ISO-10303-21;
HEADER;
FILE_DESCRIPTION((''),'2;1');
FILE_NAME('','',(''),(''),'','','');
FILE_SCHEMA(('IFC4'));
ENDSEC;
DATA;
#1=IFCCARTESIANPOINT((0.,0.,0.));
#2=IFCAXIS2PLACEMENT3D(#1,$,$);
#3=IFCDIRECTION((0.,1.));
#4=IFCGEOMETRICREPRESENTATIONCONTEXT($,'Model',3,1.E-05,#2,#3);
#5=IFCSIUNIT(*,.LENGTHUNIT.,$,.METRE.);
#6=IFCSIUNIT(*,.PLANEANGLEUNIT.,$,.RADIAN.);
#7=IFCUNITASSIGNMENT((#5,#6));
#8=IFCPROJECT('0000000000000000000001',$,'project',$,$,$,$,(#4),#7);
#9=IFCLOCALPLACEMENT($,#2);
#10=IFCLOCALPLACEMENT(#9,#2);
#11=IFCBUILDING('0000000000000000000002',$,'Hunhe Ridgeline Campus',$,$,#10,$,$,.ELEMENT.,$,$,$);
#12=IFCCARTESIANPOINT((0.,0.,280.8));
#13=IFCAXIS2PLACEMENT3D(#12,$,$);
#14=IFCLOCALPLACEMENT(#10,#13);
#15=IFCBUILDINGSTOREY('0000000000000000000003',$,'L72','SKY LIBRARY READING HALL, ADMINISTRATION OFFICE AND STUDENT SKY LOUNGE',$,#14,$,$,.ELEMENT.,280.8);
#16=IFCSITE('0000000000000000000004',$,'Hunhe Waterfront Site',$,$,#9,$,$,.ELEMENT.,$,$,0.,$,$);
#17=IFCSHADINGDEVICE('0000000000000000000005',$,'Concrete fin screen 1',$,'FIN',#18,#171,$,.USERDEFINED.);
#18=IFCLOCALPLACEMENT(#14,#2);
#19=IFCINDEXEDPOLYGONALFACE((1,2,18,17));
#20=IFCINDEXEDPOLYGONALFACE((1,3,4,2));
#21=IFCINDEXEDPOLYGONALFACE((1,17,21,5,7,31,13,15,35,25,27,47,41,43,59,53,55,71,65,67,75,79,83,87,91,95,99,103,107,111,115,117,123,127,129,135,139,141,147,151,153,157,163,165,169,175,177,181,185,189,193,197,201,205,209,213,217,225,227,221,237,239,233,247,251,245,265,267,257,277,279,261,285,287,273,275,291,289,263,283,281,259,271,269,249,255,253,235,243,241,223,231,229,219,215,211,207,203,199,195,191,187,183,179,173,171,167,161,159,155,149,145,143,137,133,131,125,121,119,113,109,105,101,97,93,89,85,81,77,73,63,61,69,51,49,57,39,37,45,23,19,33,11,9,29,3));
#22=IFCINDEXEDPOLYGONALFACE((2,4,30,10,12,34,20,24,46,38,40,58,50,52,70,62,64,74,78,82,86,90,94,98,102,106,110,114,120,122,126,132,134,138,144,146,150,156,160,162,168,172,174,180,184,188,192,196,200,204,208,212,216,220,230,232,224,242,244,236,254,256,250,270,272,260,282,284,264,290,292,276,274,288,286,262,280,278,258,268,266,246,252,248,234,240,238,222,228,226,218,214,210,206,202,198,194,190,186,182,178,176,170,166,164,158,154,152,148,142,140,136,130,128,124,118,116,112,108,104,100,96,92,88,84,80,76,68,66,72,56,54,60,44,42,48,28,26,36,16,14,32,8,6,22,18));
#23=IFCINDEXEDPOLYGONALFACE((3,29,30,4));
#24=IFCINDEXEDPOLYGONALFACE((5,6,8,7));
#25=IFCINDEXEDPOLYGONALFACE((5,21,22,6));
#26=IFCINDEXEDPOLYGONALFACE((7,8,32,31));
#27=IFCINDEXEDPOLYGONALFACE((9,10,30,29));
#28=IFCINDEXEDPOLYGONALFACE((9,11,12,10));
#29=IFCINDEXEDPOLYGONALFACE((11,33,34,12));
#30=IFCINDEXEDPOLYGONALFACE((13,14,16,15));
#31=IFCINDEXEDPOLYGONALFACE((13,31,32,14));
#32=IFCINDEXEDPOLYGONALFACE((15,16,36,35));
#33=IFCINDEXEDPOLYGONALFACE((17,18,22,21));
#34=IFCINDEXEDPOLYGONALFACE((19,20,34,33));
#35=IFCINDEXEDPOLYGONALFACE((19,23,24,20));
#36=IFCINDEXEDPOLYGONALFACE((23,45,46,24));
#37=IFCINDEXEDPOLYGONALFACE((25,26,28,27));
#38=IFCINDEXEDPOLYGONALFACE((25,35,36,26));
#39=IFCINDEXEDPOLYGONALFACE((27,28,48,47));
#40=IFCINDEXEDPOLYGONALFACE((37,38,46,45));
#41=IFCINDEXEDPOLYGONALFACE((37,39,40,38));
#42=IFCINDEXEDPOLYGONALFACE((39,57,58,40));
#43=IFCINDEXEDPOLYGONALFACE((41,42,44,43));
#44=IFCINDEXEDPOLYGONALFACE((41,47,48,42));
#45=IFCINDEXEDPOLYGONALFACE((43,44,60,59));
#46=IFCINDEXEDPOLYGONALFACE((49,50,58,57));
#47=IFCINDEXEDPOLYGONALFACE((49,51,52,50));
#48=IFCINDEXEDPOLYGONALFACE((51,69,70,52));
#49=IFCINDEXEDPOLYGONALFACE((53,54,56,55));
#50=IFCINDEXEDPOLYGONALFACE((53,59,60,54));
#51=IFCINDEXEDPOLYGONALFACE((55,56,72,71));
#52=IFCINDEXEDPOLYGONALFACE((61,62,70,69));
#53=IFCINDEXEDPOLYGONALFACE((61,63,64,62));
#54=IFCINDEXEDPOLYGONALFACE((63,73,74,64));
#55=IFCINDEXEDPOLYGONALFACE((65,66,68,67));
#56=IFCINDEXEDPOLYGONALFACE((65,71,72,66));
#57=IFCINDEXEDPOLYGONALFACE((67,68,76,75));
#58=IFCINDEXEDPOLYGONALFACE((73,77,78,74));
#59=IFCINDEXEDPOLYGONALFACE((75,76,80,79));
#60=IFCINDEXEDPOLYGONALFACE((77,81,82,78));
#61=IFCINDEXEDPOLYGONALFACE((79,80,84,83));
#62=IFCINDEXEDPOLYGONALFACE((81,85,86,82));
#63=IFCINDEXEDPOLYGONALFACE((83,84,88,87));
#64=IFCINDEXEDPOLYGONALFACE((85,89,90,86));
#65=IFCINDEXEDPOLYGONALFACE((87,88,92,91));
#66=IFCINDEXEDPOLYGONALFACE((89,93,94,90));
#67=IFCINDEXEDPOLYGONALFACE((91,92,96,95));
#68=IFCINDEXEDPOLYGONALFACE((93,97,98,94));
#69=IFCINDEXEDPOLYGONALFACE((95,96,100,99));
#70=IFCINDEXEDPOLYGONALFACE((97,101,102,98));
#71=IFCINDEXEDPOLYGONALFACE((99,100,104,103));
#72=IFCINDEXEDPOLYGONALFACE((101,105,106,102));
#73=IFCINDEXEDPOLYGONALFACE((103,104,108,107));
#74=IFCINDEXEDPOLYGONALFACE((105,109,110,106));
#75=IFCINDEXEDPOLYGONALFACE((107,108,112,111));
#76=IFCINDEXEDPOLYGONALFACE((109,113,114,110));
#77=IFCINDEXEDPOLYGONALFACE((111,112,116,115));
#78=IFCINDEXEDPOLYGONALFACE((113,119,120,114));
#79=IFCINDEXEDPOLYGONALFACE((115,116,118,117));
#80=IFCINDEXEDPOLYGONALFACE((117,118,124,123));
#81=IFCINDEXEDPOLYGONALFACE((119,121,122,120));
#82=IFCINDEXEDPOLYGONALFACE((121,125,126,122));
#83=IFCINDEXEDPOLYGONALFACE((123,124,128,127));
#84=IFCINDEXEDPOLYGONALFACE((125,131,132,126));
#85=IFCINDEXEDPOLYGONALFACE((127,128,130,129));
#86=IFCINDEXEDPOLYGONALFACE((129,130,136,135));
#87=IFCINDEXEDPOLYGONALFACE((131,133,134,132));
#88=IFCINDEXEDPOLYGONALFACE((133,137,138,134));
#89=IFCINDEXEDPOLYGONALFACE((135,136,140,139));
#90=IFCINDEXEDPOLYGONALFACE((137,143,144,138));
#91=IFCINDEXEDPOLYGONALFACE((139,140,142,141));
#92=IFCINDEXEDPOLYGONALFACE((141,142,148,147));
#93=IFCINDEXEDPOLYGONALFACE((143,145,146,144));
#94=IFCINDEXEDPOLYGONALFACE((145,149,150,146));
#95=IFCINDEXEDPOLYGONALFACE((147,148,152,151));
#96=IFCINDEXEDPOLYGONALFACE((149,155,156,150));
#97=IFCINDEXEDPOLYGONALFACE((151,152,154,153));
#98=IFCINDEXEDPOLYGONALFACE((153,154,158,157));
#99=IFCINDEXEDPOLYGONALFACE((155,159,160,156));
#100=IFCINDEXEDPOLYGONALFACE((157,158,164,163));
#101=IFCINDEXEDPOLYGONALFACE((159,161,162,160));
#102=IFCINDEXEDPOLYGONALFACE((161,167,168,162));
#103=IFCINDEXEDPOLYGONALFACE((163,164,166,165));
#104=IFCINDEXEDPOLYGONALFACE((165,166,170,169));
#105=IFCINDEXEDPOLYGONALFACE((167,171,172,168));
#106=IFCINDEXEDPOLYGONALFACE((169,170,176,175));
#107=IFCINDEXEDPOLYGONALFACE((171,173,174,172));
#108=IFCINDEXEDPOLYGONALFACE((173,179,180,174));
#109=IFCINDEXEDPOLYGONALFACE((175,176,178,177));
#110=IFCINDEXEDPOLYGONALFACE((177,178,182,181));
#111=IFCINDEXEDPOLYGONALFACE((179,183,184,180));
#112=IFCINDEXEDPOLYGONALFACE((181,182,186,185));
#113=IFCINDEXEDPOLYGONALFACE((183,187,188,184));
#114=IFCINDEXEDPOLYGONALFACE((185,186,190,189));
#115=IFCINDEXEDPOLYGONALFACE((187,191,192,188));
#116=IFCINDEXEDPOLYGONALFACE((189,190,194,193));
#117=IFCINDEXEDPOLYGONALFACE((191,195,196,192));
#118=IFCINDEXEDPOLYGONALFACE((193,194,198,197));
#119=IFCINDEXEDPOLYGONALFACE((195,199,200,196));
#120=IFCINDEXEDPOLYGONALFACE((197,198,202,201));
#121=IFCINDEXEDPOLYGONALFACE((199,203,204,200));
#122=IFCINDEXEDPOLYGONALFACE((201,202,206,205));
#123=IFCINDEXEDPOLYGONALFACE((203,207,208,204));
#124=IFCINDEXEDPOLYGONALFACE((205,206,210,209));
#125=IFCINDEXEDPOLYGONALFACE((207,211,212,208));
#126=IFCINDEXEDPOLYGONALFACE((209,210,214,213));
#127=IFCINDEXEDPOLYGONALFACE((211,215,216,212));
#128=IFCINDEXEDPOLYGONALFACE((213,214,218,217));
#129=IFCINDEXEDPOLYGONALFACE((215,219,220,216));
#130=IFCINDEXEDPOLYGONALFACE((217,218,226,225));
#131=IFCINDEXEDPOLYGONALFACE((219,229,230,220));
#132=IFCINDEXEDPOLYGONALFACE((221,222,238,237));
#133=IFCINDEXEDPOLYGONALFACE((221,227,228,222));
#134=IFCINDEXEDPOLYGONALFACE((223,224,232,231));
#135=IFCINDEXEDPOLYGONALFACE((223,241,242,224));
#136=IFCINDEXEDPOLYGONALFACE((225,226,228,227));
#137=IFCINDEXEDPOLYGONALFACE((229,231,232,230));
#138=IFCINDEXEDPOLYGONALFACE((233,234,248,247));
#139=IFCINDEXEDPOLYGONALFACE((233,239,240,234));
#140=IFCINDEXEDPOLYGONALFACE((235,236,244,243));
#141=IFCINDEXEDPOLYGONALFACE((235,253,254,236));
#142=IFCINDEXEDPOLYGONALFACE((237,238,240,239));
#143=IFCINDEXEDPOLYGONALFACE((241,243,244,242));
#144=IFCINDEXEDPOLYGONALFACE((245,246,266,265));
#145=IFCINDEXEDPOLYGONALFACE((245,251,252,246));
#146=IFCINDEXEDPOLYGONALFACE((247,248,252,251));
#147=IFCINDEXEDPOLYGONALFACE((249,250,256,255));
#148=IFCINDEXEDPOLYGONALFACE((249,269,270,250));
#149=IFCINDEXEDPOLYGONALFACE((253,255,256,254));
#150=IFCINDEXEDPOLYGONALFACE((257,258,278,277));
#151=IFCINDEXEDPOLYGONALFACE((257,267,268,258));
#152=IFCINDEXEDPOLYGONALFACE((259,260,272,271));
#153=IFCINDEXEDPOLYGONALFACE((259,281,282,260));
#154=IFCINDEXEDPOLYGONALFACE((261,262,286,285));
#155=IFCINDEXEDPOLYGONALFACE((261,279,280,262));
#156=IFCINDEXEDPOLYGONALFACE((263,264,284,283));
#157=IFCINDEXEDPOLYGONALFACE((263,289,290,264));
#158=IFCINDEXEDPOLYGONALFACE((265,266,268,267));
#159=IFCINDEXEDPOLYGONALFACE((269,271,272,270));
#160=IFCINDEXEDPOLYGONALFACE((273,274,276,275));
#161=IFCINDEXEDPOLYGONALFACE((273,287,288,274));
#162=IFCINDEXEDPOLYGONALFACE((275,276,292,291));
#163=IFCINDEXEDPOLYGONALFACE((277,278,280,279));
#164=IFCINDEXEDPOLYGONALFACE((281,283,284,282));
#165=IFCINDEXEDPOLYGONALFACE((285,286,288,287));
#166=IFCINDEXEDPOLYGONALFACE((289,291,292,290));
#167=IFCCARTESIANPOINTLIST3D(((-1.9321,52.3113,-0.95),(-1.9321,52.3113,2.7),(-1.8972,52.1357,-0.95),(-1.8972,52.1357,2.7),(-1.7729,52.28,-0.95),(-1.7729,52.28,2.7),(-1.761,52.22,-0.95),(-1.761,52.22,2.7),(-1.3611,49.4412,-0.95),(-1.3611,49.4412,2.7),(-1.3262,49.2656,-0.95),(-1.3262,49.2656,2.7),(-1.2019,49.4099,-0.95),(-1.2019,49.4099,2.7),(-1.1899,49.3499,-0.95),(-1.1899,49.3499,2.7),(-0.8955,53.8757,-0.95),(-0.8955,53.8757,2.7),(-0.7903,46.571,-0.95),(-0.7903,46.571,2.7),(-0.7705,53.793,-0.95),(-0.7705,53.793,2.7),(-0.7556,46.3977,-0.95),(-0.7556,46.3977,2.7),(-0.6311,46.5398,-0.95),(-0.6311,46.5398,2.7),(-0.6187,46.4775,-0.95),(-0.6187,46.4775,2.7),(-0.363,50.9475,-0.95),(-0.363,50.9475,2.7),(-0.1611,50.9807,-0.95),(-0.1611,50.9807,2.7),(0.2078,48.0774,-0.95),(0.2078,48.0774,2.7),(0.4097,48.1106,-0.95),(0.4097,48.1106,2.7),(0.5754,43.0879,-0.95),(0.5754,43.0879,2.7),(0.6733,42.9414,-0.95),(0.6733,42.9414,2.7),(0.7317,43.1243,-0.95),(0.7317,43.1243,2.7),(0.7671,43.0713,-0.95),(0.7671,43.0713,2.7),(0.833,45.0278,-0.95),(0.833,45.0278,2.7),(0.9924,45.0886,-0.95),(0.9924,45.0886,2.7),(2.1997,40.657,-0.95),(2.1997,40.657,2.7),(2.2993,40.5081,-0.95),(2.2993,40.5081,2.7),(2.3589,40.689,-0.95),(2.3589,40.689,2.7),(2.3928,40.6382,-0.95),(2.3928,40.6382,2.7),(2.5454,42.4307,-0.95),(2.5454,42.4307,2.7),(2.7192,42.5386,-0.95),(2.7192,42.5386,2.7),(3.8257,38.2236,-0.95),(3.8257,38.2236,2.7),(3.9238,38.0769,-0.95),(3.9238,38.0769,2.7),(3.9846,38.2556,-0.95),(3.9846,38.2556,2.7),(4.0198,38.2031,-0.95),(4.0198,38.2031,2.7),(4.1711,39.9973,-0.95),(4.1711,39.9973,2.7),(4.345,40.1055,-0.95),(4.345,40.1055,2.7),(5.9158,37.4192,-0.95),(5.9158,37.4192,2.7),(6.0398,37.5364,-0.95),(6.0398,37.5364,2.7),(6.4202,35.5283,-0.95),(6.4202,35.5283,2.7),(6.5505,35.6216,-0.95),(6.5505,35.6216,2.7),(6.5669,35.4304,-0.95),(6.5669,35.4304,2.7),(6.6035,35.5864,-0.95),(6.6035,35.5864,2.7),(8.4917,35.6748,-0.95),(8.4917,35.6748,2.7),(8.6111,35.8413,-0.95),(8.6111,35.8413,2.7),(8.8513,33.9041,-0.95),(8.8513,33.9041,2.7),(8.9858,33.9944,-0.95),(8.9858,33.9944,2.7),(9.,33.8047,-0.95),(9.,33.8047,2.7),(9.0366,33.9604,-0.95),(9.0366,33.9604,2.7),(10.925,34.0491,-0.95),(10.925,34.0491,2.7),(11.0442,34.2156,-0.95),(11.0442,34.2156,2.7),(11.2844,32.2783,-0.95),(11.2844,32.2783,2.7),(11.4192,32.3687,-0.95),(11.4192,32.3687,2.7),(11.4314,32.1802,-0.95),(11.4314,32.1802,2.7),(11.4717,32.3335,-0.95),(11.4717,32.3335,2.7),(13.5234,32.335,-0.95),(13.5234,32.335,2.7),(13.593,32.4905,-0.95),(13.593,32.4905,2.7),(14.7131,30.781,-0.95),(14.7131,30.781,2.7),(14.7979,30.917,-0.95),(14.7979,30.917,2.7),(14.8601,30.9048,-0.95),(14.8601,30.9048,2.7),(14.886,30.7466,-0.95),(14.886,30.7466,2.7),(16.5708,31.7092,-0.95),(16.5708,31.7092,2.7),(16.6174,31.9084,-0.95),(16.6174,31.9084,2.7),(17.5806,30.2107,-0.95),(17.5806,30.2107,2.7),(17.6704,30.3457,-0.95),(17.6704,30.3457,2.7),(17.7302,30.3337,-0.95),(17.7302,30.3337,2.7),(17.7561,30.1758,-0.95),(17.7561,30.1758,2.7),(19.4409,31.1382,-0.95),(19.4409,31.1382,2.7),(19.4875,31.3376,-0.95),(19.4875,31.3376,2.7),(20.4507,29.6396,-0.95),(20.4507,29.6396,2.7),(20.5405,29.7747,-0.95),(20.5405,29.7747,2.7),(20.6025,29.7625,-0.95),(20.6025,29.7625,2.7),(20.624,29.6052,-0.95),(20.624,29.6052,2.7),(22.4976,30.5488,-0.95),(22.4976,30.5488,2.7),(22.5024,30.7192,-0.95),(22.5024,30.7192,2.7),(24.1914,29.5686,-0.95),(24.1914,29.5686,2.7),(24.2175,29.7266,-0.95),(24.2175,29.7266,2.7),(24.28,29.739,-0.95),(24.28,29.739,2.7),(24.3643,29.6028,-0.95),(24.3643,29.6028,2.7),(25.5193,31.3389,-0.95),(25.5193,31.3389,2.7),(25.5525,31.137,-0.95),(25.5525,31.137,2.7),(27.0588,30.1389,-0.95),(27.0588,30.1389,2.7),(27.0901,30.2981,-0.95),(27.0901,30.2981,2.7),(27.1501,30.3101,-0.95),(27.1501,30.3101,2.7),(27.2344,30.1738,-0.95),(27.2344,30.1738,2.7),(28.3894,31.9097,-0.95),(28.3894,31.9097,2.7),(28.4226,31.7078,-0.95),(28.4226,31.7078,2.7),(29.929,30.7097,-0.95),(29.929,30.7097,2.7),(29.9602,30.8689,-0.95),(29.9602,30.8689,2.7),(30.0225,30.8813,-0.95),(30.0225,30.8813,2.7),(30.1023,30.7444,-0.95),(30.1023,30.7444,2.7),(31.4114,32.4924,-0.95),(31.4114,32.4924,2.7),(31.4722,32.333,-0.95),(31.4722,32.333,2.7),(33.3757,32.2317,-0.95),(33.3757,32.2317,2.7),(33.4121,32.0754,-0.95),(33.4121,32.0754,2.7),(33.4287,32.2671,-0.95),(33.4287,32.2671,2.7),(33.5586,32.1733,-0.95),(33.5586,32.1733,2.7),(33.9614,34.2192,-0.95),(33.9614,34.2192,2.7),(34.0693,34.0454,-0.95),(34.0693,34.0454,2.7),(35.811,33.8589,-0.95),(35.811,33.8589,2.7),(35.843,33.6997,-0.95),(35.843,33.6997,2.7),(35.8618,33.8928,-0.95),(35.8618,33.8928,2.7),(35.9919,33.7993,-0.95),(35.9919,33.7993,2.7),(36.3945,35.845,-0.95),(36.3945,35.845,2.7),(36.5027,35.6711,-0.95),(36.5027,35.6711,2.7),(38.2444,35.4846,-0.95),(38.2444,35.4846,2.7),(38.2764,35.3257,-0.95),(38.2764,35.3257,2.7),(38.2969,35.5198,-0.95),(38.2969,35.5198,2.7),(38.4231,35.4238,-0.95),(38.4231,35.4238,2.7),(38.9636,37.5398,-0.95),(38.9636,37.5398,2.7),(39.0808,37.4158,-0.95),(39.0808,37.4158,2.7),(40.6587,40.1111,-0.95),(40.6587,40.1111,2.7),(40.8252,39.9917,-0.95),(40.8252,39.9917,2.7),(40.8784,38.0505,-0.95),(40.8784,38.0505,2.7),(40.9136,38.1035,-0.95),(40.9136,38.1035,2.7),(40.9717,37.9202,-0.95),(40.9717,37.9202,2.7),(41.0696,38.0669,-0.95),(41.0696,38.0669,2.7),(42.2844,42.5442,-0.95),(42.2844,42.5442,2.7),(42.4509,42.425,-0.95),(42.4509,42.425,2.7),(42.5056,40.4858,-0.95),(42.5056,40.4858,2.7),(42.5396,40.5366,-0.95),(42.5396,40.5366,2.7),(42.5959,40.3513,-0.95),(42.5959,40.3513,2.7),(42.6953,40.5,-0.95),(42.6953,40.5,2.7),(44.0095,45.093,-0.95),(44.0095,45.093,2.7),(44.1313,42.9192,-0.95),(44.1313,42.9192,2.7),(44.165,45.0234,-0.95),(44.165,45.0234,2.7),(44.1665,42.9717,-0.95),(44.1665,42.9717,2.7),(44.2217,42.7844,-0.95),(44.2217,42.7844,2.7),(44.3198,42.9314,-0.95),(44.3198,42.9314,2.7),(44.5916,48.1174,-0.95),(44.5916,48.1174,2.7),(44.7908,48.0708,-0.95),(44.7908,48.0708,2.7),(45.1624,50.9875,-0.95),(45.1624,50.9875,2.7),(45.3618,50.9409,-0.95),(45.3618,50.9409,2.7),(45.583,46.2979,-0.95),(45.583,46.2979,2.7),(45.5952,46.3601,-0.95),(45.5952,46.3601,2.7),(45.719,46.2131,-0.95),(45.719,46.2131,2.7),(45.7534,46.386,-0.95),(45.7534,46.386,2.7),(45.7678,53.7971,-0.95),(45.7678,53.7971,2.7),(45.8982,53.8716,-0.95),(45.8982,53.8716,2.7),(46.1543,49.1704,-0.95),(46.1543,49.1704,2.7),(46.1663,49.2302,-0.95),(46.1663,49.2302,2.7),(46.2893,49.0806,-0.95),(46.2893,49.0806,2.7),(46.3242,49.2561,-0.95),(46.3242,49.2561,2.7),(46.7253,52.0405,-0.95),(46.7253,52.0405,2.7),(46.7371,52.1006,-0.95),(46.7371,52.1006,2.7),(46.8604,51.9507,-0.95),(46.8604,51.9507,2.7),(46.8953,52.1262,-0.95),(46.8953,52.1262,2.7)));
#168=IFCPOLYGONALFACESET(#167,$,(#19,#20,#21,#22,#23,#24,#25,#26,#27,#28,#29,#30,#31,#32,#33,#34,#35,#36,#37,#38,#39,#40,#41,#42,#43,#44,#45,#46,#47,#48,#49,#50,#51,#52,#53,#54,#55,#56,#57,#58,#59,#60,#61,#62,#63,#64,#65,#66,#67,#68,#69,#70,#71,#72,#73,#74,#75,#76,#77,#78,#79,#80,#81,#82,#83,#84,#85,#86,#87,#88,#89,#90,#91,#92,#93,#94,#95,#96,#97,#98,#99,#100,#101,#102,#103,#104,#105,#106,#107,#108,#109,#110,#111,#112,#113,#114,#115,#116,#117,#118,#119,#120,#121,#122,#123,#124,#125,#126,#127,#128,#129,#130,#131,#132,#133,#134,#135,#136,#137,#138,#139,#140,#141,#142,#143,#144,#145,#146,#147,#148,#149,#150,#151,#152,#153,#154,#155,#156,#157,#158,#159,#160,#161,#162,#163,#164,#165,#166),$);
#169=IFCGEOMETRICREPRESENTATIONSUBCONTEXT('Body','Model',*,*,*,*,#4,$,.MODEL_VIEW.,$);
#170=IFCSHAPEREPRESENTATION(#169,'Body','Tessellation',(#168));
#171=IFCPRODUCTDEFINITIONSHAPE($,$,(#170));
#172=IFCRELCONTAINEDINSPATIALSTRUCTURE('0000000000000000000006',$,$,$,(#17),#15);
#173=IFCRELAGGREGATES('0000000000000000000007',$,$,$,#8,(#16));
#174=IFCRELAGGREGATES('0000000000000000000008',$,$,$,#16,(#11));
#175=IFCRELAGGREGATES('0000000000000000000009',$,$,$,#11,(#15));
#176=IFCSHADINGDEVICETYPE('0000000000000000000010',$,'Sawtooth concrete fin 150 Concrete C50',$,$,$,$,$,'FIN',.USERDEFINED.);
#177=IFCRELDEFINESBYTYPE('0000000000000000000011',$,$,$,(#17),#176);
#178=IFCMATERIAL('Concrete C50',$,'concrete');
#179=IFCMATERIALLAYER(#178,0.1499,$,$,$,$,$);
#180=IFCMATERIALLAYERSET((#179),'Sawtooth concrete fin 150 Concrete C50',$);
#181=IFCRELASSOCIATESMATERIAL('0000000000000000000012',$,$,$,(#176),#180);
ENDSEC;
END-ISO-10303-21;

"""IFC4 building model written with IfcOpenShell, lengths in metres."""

from ifc_helpers import new_model, si_unit, direction, frame, origin, place, context, subcontext, project, spatial, polyline, outline, extrude, material, layer, layer_set, type_object, element, save


model = new_model("IFC4")

# Units and contexts
model_context = context("Model", 3, precision=1e-05, world=origin(), true_north=direction((0.0, 1.0)))
body_context = subcontext(model_context, "Body", "Model", "MODEL_VIEW")
ifc_project = project(units=[si_unit("LENGTHUNIT", "METRE"), si_unit("PLANEANGLEUNIT", "RADIAN")], contexts=[model_context])

# Site, building, storey
site_placement = place(None, origin())
site = spatial("IfcSite", under=ifc_project, at=site_placement, Name="Hunhe Waterfront Site", CompositionType="ELEMENT", RefElevation=0.0)
building_placement = place(site_placement, origin())
building = spatial("IfcBuilding", under=site, at=building_placement, Name="Hunhe Ridgeline Campus", CompositionType="ELEMENT")
storey_placement = place(building_placement, frame((0.0, 0.0, 280.8)))
storey = spatial("IfcBuildingStorey", under=building, at=storey_placement, Name="L72", Description="SKY LIBRARY READING HALL, ADMINISTRATION OFFICE AND STUDENT SKY LOUNGE", CompositionType="ELEMENT", Elevation=280.8)

# Shared definitions
ifc_material_1 = material(Name="Concrete C50", Category="concrete")

# Shading device
ifc_layer_1 = layer(ifc_material_1, 0.1499)
ifc_layer_set_1 = layer_set([ifc_layer_1], Name="Sawtooth concrete fin 150 Concrete C50")
shading_device_type = type_object("IfcShadingDeviceType", Name="Sawtooth concrete fin 150 Concrete C50", ElementType="FIN", PredefinedType="USERDEFINED", material=ifc_layer_set_1)
shading_device_1_placement = place(storey_placement, frame((0.0, 0.0, -0.95)))
element("IfcShadingDevice", 1, at=shading_device_1_placement, inside=storey, type_object=shading_device_type, Name="Concrete fin screen 1", ObjectType="FIN", PredefinedType="USERDEFINED", context=body_context, shape_type="SweptSolid", body=[
    extrude(outline(polyline([(-0.7705, 53.793), (-0.8955, 53.8757), (-1.9321, 52.3113), (-1.8972, 52.1357), (-0.363, 50.9475), (-1.3611, 49.4412), (-1.3262, 49.2656), (0.2078, 48.0774), (-0.7903, 46.571), (-0.7556, 46.3977), (0.833, 45.0278), (0.5754, 43.0879), (0.6733, 42.9414), (2.5454, 42.4307), (2.1997, 40.657), (2.2993, 40.5081), (4.1711, 39.9973), (3.8257, 38.2236), (3.9238, 38.0769), (5.9158, 37.4192), (6.4202, 35.5283), (6.5669, 35.4304), (8.4917, 35.6748), (8.8513, 33.9041), (9.0, 33.8047), (10.925, 34.0491), (11.2844, 32.2783), (11.4314, 32.1802), (13.5234, 32.335), (14.7131, 30.781), (14.886, 30.7466), (16.5708, 31.7092), (17.5806, 30.2107), (17.7561, 30.1758), (19.4409, 31.1382), (20.4507, 29.6396), (20.624, 29.6052), (22.4976, 30.5488), (24.1914, 29.5686), (24.3643, 29.6028), (25.5525, 31.137), (27.0588, 30.1389), (27.2344, 30.1738), (28.4226, 31.7078), (29.929, 30.7097), (30.1023, 30.7444), (31.4722, 32.333), (33.4121, 32.0754), (33.5586, 32.1733), (34.0693, 34.0454), (35.843, 33.6997), (35.9919, 33.7993), (36.5027, 35.6711), (38.2764, 35.3257), (38.4231, 35.4238), (39.0808, 37.4158), (40.9717, 37.9202), (41.0696, 38.0669), (40.8252, 39.9917), (42.5959, 40.3513), (42.6953, 40.5), (42.4509, 42.425), (44.2217, 42.7844), (44.3198, 42.9314), (44.165, 45.0234), (45.719, 46.2131), (45.7534, 46.386), (44.7908, 48.0708), (46.2893, 49.0806), (46.3242, 49.2561), (45.3618, 50.9409), (46.8604, 51.9507), (46.8953, 52.1262), (45.8982, 53.8716), (45.7678, 53.7971), (46.7371, 52.1006), (46.7253, 52.0405), (45.1624, 50.9875), (46.1663, 49.2302), (46.1543, 49.1704), (44.5916, 48.1174), (45.5952, 46.3601), (45.583, 46.2979), (44.0095, 45.093), (44.1665, 42.9717), (44.1313, 42.9192), (42.2844, 42.5442), (42.5396, 40.5366), (42.5056, 40.4858), (40.6587, 40.1111), (40.9136, 38.1035), (40.8784, 38.0505), (38.9636, 37.5398), (38.2969, 35.5198), (38.2444, 35.4846), (36.3945, 35.845), (35.8618, 33.8928), (35.811, 33.8589), (33.9614, 34.2192), (33.4287, 32.2671), (33.3757, 32.2317), (31.4114, 32.4924), (30.0225, 30.8813), (29.9602, 30.8689), (28.3894, 31.9097), (27.1501, 30.3101), (27.0901, 30.2981), (25.5193, 31.3389), (24.28, 29.739), (24.2175, 29.7266), (22.5024, 30.7192), (20.6025, 29.7625), (20.5405, 29.7747), (19.4875, 31.3376), (17.7302, 30.3337), (17.6704, 30.3457), (16.6174, 31.9084), (14.8601, 30.9048), (14.7979, 30.917), (13.593, 32.4905), (11.4717, 32.3335), (11.4192, 32.3687), (11.0442, 34.2156), (9.0366, 33.9604), (8.9858, 33.9944), (8.6111, 35.8413), (6.6035, 35.5864), (6.5505, 35.6216), (6.0398, 37.5364), (4.0198, 38.2031), (3.9846, 38.2556), (4.345, 40.1055), (2.3928, 40.6382), (2.3589, 40.689), (2.7192, 42.5386), (0.7671, 43.0713), (0.7317, 43.1243), (0.9924, 45.0886), (-0.6187, 46.4775), (-0.6311, 46.5398), (0.4097, 48.1106), (-1.1899, 49.3499), (-1.2019, 49.4099), (-0.1611, 50.9807), (-1.761, 52.22), (-1.7729, 52.28), (-0.7705, 53.793)])), origin(), (0.0, 0.0, 1.0), 3.6499),
])

save(model, "model.ifc")
